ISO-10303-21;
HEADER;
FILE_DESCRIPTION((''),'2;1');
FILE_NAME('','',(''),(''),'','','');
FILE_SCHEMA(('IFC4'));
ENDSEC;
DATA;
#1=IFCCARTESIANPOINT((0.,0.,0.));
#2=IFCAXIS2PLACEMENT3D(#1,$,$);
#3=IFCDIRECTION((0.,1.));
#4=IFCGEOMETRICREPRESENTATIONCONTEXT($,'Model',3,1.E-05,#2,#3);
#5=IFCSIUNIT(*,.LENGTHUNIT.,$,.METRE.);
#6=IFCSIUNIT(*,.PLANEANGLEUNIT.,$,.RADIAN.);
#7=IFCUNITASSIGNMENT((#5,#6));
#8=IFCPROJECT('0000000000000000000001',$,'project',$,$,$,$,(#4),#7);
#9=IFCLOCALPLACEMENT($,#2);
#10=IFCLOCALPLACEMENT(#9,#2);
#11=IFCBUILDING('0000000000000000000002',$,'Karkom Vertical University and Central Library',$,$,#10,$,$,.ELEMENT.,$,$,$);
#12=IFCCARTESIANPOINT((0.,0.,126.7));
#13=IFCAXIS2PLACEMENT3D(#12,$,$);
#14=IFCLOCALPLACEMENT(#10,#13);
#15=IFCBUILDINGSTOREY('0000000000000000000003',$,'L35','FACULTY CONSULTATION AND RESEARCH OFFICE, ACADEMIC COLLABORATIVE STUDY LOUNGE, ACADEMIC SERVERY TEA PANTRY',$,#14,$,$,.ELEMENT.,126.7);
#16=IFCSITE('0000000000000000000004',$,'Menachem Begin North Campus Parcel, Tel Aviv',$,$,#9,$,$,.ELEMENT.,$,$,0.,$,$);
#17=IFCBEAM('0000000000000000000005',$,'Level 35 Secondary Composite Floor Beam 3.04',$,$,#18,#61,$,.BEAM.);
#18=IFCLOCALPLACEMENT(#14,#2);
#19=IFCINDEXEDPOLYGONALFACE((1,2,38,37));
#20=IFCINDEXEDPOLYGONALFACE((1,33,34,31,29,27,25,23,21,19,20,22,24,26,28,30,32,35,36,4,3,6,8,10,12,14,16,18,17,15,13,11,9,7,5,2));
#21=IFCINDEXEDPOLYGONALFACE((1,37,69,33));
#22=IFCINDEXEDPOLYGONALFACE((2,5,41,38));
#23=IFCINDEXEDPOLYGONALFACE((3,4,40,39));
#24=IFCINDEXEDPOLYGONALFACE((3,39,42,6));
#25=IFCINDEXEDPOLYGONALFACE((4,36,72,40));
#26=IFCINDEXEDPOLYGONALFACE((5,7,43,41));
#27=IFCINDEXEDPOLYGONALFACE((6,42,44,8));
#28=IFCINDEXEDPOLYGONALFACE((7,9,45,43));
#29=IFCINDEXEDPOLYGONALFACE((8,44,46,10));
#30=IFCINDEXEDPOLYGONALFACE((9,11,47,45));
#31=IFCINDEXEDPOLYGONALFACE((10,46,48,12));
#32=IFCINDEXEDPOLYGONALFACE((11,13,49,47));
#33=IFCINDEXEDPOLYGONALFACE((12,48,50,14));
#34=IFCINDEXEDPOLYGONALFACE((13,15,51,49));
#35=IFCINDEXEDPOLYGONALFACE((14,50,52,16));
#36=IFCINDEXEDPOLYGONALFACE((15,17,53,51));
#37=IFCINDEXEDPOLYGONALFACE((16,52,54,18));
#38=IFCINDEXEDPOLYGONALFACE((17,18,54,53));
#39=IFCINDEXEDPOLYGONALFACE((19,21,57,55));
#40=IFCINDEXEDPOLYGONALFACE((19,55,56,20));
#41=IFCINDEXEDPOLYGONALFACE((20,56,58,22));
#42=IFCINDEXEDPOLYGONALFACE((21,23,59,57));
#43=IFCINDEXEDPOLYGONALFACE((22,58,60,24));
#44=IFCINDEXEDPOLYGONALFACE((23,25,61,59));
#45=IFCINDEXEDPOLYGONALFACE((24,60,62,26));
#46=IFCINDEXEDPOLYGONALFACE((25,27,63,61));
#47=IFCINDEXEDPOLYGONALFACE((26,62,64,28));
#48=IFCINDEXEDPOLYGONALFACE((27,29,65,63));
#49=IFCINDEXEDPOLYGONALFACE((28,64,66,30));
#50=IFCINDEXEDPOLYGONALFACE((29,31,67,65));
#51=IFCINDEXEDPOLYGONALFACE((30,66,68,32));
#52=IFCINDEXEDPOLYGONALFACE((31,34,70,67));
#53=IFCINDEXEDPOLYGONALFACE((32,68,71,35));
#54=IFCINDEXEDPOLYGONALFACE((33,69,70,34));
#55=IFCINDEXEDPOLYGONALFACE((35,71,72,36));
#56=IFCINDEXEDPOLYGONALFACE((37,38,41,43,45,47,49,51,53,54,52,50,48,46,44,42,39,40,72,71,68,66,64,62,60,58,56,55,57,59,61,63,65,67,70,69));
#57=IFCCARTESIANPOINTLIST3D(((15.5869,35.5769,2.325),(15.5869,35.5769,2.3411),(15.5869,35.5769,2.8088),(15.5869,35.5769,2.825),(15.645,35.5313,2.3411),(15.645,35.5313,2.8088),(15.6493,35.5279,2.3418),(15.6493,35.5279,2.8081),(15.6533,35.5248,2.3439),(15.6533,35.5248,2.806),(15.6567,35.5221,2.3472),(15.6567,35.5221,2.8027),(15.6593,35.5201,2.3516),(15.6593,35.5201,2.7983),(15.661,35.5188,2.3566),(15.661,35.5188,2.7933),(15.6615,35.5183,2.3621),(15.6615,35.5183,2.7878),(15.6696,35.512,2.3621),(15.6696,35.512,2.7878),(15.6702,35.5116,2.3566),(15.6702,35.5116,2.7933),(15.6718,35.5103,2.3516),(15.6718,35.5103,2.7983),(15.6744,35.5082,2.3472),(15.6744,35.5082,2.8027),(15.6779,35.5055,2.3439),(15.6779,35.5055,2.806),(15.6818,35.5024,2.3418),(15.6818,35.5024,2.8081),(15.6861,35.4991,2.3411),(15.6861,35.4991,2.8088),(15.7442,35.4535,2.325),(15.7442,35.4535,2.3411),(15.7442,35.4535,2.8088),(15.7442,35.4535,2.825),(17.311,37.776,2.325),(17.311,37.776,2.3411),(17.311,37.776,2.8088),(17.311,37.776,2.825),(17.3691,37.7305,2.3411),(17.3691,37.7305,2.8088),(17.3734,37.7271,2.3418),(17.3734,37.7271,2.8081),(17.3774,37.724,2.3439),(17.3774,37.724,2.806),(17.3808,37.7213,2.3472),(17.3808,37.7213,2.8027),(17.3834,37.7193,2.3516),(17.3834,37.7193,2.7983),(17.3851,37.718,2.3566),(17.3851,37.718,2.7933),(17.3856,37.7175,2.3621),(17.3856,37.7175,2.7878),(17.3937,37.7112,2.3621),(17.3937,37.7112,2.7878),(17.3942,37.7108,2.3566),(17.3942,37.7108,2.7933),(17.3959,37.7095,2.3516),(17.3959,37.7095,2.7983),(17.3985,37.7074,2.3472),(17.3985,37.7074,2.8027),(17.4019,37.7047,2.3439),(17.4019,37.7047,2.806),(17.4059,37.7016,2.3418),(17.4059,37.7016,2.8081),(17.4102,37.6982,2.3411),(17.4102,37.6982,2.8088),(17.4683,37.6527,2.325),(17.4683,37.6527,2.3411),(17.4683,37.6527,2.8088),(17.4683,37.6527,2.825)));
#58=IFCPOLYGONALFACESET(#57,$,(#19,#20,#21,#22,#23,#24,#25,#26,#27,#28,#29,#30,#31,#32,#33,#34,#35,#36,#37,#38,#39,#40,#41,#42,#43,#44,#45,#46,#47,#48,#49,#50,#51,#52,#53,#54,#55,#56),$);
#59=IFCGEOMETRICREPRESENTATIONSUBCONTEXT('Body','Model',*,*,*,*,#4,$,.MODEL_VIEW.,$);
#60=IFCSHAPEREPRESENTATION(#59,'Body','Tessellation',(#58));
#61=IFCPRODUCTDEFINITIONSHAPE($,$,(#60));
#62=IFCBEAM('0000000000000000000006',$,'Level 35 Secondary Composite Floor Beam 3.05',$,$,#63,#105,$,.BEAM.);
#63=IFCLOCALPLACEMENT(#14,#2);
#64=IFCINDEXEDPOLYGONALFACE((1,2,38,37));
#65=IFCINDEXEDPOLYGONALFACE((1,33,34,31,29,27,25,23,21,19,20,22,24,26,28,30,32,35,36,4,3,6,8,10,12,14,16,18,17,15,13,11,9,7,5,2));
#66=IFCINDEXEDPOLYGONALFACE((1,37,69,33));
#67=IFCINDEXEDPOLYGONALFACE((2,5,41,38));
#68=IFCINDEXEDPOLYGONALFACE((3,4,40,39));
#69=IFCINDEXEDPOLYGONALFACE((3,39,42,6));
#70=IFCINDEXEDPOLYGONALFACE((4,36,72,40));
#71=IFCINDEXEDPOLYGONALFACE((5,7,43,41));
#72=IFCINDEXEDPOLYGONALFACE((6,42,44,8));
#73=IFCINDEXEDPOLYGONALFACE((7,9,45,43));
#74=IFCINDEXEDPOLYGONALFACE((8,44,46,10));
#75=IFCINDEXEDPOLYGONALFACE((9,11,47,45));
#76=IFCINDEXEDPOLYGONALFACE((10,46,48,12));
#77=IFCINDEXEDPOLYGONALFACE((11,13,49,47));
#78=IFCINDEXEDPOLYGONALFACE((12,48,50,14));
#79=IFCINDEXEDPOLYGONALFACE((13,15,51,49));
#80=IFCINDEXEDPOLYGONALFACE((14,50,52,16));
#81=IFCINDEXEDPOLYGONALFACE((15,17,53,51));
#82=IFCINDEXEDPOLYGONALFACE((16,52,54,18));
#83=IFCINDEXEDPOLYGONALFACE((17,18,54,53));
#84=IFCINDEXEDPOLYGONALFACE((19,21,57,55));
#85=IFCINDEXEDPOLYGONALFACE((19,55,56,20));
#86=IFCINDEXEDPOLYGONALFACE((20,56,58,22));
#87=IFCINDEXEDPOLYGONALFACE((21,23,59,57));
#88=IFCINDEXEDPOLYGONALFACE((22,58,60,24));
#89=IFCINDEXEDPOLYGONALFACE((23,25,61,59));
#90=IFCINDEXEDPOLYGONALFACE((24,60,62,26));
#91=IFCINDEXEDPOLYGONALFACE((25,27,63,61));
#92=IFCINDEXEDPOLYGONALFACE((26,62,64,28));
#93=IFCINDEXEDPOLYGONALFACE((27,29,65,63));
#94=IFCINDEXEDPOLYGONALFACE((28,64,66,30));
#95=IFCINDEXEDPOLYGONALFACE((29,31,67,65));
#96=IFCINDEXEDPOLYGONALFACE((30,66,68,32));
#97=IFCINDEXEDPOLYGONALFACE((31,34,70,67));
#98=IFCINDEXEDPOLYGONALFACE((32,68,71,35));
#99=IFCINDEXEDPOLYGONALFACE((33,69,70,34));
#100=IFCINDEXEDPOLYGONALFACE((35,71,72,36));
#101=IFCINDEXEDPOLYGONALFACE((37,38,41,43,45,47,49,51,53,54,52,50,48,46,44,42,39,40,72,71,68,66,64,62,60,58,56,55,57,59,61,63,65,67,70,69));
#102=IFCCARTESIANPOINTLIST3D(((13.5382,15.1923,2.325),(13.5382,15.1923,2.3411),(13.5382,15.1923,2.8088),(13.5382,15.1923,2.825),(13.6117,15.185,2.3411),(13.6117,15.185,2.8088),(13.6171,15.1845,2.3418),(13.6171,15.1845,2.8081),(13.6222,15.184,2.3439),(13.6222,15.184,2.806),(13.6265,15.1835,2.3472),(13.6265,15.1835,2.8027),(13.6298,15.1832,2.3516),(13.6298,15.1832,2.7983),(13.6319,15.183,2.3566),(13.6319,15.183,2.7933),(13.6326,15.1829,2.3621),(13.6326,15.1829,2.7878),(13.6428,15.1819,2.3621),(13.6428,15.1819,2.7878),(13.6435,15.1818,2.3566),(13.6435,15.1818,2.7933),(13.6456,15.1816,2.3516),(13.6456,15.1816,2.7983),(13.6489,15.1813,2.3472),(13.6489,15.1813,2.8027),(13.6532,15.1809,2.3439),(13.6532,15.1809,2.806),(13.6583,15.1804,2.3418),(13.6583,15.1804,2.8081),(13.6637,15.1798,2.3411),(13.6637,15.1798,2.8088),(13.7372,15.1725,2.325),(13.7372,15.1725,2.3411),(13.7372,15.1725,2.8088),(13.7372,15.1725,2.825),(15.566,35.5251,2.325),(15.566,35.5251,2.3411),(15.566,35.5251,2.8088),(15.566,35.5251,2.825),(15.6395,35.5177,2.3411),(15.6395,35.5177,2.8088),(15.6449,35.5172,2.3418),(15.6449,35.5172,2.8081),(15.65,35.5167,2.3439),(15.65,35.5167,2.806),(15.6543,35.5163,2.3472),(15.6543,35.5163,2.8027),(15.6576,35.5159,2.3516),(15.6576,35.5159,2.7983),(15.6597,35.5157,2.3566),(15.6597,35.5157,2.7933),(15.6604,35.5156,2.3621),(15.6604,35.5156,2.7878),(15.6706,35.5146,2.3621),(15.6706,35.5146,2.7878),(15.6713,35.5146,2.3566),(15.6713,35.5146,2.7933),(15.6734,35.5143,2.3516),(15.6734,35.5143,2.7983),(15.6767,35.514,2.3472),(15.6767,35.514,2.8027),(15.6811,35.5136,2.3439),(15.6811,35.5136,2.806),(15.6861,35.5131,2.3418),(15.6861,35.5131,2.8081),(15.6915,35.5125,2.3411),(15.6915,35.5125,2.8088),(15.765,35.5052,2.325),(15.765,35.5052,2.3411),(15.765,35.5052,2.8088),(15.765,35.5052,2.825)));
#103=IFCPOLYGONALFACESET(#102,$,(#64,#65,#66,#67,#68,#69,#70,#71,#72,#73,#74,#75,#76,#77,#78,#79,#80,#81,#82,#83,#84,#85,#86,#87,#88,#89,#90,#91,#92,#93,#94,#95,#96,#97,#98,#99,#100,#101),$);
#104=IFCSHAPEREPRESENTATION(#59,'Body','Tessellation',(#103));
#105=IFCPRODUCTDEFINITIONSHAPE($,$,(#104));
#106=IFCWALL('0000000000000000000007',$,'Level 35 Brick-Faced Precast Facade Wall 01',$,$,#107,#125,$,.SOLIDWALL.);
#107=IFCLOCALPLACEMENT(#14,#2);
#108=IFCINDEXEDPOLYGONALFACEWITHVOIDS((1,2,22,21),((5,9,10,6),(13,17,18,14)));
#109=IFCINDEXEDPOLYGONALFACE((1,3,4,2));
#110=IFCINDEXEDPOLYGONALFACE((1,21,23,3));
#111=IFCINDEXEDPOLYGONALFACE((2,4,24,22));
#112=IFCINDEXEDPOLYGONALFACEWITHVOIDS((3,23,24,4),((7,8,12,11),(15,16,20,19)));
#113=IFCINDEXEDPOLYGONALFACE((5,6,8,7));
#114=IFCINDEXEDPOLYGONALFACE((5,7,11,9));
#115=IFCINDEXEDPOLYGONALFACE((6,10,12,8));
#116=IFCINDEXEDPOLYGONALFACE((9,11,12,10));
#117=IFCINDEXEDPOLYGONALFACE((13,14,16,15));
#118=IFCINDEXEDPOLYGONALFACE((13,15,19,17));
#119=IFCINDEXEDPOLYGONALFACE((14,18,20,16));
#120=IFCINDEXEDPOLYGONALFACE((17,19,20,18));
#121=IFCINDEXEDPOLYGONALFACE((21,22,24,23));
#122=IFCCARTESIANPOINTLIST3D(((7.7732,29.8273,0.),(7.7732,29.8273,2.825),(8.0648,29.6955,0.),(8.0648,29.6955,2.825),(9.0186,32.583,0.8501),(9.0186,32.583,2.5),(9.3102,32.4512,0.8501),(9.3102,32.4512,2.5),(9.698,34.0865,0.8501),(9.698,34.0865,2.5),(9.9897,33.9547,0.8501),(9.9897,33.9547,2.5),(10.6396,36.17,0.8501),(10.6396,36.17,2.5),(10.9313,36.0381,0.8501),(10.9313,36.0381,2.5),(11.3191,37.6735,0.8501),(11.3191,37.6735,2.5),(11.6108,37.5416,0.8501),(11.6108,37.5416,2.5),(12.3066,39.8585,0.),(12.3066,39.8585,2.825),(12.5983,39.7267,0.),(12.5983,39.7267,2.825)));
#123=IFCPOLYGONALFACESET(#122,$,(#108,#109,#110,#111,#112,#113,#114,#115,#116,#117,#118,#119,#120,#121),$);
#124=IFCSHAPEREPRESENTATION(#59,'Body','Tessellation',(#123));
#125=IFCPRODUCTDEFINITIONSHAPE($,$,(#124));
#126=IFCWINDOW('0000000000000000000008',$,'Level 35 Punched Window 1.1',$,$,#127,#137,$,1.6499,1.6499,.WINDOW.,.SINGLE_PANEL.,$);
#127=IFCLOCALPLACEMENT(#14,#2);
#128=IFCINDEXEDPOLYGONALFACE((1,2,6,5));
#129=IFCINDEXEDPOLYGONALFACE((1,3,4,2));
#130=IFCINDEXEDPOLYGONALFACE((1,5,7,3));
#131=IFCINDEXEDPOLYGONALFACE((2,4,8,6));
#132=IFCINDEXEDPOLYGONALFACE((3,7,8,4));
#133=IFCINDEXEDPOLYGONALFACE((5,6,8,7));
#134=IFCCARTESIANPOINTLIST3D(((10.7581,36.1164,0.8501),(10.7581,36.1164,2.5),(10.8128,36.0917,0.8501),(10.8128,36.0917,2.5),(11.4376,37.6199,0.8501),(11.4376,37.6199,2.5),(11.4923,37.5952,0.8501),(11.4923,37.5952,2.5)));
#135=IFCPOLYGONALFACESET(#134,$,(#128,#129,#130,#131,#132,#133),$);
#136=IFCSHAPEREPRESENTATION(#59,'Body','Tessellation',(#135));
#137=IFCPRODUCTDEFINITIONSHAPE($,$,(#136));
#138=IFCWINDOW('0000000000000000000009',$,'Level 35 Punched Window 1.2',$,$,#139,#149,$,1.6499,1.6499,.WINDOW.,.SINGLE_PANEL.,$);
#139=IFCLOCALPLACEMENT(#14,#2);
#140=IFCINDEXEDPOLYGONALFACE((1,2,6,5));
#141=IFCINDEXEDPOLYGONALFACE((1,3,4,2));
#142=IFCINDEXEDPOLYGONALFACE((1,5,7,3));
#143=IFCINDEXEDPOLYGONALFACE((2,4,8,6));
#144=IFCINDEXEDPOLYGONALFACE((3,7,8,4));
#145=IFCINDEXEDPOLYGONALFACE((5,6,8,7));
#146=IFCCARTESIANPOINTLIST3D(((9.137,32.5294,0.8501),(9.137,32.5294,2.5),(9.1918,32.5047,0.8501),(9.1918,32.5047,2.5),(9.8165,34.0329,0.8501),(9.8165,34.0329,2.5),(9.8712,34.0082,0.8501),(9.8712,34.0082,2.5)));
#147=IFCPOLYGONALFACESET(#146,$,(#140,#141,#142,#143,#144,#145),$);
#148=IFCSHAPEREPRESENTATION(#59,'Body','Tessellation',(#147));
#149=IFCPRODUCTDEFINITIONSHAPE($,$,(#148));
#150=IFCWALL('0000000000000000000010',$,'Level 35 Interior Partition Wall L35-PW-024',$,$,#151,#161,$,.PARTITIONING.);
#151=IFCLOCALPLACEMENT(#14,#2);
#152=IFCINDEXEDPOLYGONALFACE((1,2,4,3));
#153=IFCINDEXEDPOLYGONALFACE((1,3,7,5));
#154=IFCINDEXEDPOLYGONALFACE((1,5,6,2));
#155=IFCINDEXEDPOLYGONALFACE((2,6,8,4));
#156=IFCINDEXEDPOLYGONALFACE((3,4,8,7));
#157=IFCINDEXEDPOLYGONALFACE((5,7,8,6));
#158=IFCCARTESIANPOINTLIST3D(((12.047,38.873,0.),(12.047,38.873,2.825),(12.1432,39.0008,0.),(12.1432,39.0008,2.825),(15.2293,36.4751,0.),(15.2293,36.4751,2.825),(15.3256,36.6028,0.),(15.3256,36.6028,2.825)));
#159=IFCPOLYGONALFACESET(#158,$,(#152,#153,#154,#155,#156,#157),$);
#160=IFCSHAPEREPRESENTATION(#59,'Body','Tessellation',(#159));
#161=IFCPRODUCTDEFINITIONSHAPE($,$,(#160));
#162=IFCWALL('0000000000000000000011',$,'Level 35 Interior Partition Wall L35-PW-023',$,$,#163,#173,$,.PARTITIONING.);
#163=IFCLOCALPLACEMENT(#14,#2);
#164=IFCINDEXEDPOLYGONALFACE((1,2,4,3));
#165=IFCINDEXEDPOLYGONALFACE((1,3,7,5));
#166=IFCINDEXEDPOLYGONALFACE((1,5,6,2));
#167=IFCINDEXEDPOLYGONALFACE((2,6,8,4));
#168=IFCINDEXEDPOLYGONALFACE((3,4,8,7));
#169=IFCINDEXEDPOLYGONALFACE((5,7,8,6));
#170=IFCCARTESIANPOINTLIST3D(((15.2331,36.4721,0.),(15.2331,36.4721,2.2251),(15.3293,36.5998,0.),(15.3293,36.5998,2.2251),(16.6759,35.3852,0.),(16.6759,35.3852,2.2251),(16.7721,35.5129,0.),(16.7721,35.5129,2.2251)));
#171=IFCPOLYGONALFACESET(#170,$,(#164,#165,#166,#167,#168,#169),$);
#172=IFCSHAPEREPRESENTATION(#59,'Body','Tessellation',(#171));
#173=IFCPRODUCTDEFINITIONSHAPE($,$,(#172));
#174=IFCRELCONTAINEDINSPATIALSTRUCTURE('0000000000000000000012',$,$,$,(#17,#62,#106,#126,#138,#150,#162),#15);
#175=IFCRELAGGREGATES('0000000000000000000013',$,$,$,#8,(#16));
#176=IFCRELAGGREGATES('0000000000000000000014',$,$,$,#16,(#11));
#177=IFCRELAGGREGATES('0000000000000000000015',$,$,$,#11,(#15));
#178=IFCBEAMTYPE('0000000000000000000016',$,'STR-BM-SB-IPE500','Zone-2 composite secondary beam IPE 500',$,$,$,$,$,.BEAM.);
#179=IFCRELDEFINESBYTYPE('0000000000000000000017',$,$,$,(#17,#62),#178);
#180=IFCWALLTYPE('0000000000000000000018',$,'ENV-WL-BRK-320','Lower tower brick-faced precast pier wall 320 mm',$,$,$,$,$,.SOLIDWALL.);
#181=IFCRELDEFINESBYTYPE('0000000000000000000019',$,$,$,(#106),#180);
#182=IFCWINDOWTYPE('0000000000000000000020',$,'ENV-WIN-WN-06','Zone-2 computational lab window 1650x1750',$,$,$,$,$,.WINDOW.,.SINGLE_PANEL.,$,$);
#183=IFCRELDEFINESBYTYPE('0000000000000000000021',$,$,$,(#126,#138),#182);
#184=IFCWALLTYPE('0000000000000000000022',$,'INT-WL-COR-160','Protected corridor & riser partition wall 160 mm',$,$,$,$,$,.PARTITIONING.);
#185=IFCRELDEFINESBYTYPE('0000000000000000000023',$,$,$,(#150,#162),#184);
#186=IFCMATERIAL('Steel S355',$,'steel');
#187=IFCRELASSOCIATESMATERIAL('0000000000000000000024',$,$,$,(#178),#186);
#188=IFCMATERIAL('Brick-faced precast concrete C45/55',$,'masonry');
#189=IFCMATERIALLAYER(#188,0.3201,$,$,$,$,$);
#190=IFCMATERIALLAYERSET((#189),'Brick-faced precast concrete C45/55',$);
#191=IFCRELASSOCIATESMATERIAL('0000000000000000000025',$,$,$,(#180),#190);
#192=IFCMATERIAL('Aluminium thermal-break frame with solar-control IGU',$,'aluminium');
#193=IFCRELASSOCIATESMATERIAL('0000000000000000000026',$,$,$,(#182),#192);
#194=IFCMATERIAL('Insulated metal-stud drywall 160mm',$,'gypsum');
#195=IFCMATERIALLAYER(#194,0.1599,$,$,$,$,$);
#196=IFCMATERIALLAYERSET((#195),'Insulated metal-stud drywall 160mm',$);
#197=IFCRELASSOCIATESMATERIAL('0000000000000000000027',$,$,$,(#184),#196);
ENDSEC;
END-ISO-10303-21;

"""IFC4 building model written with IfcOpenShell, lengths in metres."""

from ifc_helpers import new_model, si_unit, direction, frame, frame_2d, origin, origin_with_axes, origin_2d, place, context, subcontext, project, spatial, rectangle, i_section, extrude, source, transform, mapped, material, layer, layer_set, material_profile, profile_set, type_object, element, fill, save


model = new_model("IFC4")

# Units and contexts
model_context = context("Model", 3, precision=1e-05, world=origin(), true_north=direction((0.0, 1.0)))
body_context = subcontext(model_context, "Body", "Model", "MODEL_VIEW")
ifc_project = project(units=[si_unit("LENGTHUNIT", "METRE"), si_unit("PLANEANGLEUNIT", "RADIAN")], contexts=[model_context])

# Site, building, storey
site_placement = place(None, origin())
site = spatial("IfcSite", under=ifc_project, at=site_placement, Name="Menachem Begin North Campus Parcel, Tel Aviv", CompositionType="ELEMENT", RefElevation=0.0)
building_placement = place(site_placement, origin())
building = spatial("IfcBuilding", under=site, at=building_placement, Name="Karkom Vertical University and Central Library", CompositionType="ELEMENT")
storey_placement = place(building_placement, frame((0.0, 0.0, 126.7)))
storey = spatial("IfcBuildingStorey", under=building, at=storey_placement, Name="L35", Description="FACULTY CONSULTATION AND RESEARCH OFFICE, ACADEMIC COLLABORATIVE STUDY LOUNGE, ACADEMIC SERVERY TEA PANTRY", CompositionType="ELEMENT", Elevation=126.7)

# Beams
ifc_material_1 = material(Name="Steel S355", Category="steel")
ifc_material_profile_1 = material_profile(ifc_material_1, i_section(OverallWidth=0.2, OverallDepth=0.5, WebThickness=0.0103, FlangeThickness=0.0161, FilletRadius=0.021, at=origin_2d()), Name="IPE 500")
ifc_profile_set_1 = profile_set([ifc_material_profile_1], Name="Steel S355")
beam_type_1 = type_object("IfcBeamType", Name="STR-BM-SB-IPE500", Description="Zone-2 composite secondary beam IPE 500", PredefinedType="BEAM", material=ifc_profile_set_1)
shared_shape_1 = source(origin_with_axes(), body_context, "Body", "SweptSolid", [
    extrude(i_section(OverallWidth=0.2, OverallDepth=0.5, WebThickness=0.0103, FlangeThickness=0.0161, FilletRadius=0.021, at=origin_2d()), origin(), (0.0, 0.0, 1.0), 2.7944),
])
beam_1_placement = place(storey_placement, frame((17.3896, 37.7144, 2.575), z_axis=(-0.616972, -0.786985, 0.0), x_axis=(0.786985, -0.616972, 0.0)))
element("IfcBeam", 1, at=beam_1_placement, inside=storey, type_object=beam_type_1, Name="Level 35 Secondary Composite Floor Beam 3.04", PredefinedType="BEAM", context=body_context, shape_type="MappedRepresentation", body=[
    mapped(shared_shape_1, transform((0.0, 0.0, 0.0), scale=1.0)),
])
shared_shape_2 = source(origin_with_axes(), body_context, "Body", "SweptSolid", [
    extrude(i_section(OverallWidth=0.2, OverallDepth=0.5, WebThickness=0.0103, FlangeThickness=0.0161, FilletRadius=0.021, at=origin_2d()), origin(), (0.0, 0.0, 1.0), 20.4336),
])
beam_2_placement = place(storey_placement, frame((15.6655, 35.5151, 2.575), z_axis=(-0.09924, -0.995064, 0.0), x_axis=(0.995064, -0.09924, 0.0)))
element("IfcBeam", 2, at=beam_2_placement, inside=storey, type_object=beam_type_1, Name="Level 35 Secondary Composite Floor Beam 3.05", PredefinedType="BEAM", context=body_context, shape_type="MappedRepresentation", body=[
    mapped(shared_shape_2, transform((0.0, 0.0, 0.0), scale=1.0)),
])

# Wall, openings, windows
ifc_material_2 = material(Name="Brick-faced precast concrete C45/55", Category="masonry")
ifc_layer_1 = layer(ifc_material_2, 0.3201)
ifc_layer_set_1 = layer_set([ifc_layer_1], Name="Brick-faced precast concrete C45/55")
wall_type_1 = type_object("IfcWallType", Name="ENV-WL-BRK-320", Description="Lower tower brick-faced precast pier wall 320 mm", PredefinedType="SOLIDWALL", material=ifc_layer_set_1)
wall_1_placement = place(storey_placement, frame((12.4524, 39.7925, 0.0), z_axis=(0.0, 0.0, 1.0), x_axis=(-0.411829, -0.911261, 0.0)))
wall_1 = element("IfcWall", 3, at=wall_1_placement, inside=storey, type_object=wall_type_1, Name="Level 35 Brick-Faced Precast Facade Wall 01", PredefinedType="SOLIDWALL", context=body_context, shape_type="SweptSolid", body=[
    extrude(rectangle(XDim=11.0081, YDim=0.3201, at=frame_2d((5.5039, 0.0))), origin(), (0.0, 0.0, 1.0), 2.825),
])
opening_1_placement = place(wall_1_placement, frame((2.3977, 0.0, 0.8501)))
opening_1 = element("IfcOpeningElement", 4, at=opening_1_placement, cuts=wall_1, PredefinedType="OPENING", context=body_context, shape_type="SweptSolid", body=[
    extrude(rectangle(XDim=1.6499, YDim=1.6499, at=frame_2d((0.825, 0.825))), frame((0.0, 0.1699, 0.0), z_axis=(0.0, -1.0, 0.0), x_axis=(1.0, 0.0, 0.0)), (0.0, 0.0, 1.0), 0.3401),
])
opening_2_placement = place(wall_1_placement, frame((6.334, 0.0, 0.8501)))
opening_2 = element("IfcOpeningElement", 5, at=opening_2_placement, cuts=wall_1, PredefinedType="OPENING", context=body_context, shape_type="SweptSolid", body=[
    extrude(rectangle(XDim=1.6499, YDim=1.6499, at=frame_2d((0.825, 0.825))), frame((0.0, 0.1699, 0.0), z_axis=(0.0, -1.0, 0.0), x_axis=(1.0, 0.0, 0.0)), (0.0, 0.0, 1.0), 0.3401),
])
ifc_material_3 = material(Name="Aluminium thermal-break frame with solar-control IGU", Category="aluminium")
window_type = type_object("IfcWindowType", Name="ENV-WIN-WN-06", Description="Zone-2 computational lab window 1650x1750", PartitioningType="SINGLE_PANEL", PredefinedType="WINDOW", material=ifc_material_3)
shared_shape_3 = source(origin_with_axes(), body_context, "Body", "SweptSolid", [
    extrude(rectangle(XDim=1.6499, YDim=1.6499, at=frame_2d((0.825, 0.825))), frame((0.0, 0.03, 0.0), z_axis=(0.0, -1.0, 0.0), x_axis=(1.0, 0.0, 0.0)), (0.0, 0.0, 1.0), 0.0601),
])
window_1_placement = place(opening_1_placement, origin())
window_1 = element("IfcWindow", 6, at=window_1_placement, inside=storey, type_object=window_type, Name="Level 35 Punched Window 1.1", OverallHeight=1.6499, OverallWidth=1.6499, PartitioningType="SINGLE_PANEL", PredefinedType="WINDOW", context=body_context, shape_type="MappedRepresentation", body=[
    mapped(shared_shape_3, transform((0.0, 0.0, 0.0), scale=1.0)),
])
fill(opening_1, window_1)
window_2_placement = place(opening_2_placement, origin())
window_2 = element("IfcWindow", 7, at=window_2_placement, inside=storey, type_object=window_type, Name="Level 35 Punched Window 1.2", OverallHeight=1.6499, OverallWidth=1.6499, PartitioningType="SINGLE_PANEL", PredefinedType="WINDOW", context=body_context, shape_type="MappedRepresentation", body=[
    mapped(shared_shape_3, transform((0.0, 0.0, 0.0), scale=1.0)),
])
fill(opening_2, window_2)

# Shared definitions
ifc_material_4 = material(Name="Insulated metal-stud drywall 160mm", Category="gypsum")
ifc_layer_2 = layer(ifc_material_4, 0.1599)
ifc_layer_set_2 = layer_set([ifc_layer_2], Name="Insulated metal-stud drywall 160mm")
wall_type_2 = type_object("IfcWallType", Name="INT-WL-COR-160", Description="Protected corridor & riser partition wall 160 mm", PredefinedType="PARTITIONING", material=ifc_layer_set_2)

# Walls
wall_2_placement = place(storey_placement, frame((15.2773, 36.5391, 0.0), z_axis=(0.0, 0.0, 1.0), x_axis=(-0.798653, 0.601792, 0.0)))
element("IfcWall", 8, at=wall_2_placement, inside=storey, type_object=wall_type_2, Name="Level 35 Interior Partition Wall L35-PW-024", PredefinedType="PARTITIONING", context=body_context, shape_type="SweptSolid", body=[
    extrude(rectangle(XDim=3.9846, YDim=0.1599, at=frame_2d((1.9922, 0.0))), origin(), (0.0, 0.0, 1.0), 2.825),
])
wall_3_placement = place(storey_placement, frame((16.7241, 35.449, 0.0), z_axis=(0.0, 0.0, 1.0), x_axis=(-0.798733, 0.601685, 0.0)))
element("IfcWall", 9, at=wall_3_placement, inside=storey, type_object=wall_type_2, Name="Level 35 Interior Partition Wall L35-PW-023", PredefinedType="PARTITIONING", context=body_context, shape_type="SweptSolid", body=[
    extrude(rectangle(XDim=1.8064, YDim=0.1599, at=frame_2d((0.9033, 0.0))), origin(), (0.0, 0.0, 1.0), 2.2251),
])

save(model, "model.ifc")
